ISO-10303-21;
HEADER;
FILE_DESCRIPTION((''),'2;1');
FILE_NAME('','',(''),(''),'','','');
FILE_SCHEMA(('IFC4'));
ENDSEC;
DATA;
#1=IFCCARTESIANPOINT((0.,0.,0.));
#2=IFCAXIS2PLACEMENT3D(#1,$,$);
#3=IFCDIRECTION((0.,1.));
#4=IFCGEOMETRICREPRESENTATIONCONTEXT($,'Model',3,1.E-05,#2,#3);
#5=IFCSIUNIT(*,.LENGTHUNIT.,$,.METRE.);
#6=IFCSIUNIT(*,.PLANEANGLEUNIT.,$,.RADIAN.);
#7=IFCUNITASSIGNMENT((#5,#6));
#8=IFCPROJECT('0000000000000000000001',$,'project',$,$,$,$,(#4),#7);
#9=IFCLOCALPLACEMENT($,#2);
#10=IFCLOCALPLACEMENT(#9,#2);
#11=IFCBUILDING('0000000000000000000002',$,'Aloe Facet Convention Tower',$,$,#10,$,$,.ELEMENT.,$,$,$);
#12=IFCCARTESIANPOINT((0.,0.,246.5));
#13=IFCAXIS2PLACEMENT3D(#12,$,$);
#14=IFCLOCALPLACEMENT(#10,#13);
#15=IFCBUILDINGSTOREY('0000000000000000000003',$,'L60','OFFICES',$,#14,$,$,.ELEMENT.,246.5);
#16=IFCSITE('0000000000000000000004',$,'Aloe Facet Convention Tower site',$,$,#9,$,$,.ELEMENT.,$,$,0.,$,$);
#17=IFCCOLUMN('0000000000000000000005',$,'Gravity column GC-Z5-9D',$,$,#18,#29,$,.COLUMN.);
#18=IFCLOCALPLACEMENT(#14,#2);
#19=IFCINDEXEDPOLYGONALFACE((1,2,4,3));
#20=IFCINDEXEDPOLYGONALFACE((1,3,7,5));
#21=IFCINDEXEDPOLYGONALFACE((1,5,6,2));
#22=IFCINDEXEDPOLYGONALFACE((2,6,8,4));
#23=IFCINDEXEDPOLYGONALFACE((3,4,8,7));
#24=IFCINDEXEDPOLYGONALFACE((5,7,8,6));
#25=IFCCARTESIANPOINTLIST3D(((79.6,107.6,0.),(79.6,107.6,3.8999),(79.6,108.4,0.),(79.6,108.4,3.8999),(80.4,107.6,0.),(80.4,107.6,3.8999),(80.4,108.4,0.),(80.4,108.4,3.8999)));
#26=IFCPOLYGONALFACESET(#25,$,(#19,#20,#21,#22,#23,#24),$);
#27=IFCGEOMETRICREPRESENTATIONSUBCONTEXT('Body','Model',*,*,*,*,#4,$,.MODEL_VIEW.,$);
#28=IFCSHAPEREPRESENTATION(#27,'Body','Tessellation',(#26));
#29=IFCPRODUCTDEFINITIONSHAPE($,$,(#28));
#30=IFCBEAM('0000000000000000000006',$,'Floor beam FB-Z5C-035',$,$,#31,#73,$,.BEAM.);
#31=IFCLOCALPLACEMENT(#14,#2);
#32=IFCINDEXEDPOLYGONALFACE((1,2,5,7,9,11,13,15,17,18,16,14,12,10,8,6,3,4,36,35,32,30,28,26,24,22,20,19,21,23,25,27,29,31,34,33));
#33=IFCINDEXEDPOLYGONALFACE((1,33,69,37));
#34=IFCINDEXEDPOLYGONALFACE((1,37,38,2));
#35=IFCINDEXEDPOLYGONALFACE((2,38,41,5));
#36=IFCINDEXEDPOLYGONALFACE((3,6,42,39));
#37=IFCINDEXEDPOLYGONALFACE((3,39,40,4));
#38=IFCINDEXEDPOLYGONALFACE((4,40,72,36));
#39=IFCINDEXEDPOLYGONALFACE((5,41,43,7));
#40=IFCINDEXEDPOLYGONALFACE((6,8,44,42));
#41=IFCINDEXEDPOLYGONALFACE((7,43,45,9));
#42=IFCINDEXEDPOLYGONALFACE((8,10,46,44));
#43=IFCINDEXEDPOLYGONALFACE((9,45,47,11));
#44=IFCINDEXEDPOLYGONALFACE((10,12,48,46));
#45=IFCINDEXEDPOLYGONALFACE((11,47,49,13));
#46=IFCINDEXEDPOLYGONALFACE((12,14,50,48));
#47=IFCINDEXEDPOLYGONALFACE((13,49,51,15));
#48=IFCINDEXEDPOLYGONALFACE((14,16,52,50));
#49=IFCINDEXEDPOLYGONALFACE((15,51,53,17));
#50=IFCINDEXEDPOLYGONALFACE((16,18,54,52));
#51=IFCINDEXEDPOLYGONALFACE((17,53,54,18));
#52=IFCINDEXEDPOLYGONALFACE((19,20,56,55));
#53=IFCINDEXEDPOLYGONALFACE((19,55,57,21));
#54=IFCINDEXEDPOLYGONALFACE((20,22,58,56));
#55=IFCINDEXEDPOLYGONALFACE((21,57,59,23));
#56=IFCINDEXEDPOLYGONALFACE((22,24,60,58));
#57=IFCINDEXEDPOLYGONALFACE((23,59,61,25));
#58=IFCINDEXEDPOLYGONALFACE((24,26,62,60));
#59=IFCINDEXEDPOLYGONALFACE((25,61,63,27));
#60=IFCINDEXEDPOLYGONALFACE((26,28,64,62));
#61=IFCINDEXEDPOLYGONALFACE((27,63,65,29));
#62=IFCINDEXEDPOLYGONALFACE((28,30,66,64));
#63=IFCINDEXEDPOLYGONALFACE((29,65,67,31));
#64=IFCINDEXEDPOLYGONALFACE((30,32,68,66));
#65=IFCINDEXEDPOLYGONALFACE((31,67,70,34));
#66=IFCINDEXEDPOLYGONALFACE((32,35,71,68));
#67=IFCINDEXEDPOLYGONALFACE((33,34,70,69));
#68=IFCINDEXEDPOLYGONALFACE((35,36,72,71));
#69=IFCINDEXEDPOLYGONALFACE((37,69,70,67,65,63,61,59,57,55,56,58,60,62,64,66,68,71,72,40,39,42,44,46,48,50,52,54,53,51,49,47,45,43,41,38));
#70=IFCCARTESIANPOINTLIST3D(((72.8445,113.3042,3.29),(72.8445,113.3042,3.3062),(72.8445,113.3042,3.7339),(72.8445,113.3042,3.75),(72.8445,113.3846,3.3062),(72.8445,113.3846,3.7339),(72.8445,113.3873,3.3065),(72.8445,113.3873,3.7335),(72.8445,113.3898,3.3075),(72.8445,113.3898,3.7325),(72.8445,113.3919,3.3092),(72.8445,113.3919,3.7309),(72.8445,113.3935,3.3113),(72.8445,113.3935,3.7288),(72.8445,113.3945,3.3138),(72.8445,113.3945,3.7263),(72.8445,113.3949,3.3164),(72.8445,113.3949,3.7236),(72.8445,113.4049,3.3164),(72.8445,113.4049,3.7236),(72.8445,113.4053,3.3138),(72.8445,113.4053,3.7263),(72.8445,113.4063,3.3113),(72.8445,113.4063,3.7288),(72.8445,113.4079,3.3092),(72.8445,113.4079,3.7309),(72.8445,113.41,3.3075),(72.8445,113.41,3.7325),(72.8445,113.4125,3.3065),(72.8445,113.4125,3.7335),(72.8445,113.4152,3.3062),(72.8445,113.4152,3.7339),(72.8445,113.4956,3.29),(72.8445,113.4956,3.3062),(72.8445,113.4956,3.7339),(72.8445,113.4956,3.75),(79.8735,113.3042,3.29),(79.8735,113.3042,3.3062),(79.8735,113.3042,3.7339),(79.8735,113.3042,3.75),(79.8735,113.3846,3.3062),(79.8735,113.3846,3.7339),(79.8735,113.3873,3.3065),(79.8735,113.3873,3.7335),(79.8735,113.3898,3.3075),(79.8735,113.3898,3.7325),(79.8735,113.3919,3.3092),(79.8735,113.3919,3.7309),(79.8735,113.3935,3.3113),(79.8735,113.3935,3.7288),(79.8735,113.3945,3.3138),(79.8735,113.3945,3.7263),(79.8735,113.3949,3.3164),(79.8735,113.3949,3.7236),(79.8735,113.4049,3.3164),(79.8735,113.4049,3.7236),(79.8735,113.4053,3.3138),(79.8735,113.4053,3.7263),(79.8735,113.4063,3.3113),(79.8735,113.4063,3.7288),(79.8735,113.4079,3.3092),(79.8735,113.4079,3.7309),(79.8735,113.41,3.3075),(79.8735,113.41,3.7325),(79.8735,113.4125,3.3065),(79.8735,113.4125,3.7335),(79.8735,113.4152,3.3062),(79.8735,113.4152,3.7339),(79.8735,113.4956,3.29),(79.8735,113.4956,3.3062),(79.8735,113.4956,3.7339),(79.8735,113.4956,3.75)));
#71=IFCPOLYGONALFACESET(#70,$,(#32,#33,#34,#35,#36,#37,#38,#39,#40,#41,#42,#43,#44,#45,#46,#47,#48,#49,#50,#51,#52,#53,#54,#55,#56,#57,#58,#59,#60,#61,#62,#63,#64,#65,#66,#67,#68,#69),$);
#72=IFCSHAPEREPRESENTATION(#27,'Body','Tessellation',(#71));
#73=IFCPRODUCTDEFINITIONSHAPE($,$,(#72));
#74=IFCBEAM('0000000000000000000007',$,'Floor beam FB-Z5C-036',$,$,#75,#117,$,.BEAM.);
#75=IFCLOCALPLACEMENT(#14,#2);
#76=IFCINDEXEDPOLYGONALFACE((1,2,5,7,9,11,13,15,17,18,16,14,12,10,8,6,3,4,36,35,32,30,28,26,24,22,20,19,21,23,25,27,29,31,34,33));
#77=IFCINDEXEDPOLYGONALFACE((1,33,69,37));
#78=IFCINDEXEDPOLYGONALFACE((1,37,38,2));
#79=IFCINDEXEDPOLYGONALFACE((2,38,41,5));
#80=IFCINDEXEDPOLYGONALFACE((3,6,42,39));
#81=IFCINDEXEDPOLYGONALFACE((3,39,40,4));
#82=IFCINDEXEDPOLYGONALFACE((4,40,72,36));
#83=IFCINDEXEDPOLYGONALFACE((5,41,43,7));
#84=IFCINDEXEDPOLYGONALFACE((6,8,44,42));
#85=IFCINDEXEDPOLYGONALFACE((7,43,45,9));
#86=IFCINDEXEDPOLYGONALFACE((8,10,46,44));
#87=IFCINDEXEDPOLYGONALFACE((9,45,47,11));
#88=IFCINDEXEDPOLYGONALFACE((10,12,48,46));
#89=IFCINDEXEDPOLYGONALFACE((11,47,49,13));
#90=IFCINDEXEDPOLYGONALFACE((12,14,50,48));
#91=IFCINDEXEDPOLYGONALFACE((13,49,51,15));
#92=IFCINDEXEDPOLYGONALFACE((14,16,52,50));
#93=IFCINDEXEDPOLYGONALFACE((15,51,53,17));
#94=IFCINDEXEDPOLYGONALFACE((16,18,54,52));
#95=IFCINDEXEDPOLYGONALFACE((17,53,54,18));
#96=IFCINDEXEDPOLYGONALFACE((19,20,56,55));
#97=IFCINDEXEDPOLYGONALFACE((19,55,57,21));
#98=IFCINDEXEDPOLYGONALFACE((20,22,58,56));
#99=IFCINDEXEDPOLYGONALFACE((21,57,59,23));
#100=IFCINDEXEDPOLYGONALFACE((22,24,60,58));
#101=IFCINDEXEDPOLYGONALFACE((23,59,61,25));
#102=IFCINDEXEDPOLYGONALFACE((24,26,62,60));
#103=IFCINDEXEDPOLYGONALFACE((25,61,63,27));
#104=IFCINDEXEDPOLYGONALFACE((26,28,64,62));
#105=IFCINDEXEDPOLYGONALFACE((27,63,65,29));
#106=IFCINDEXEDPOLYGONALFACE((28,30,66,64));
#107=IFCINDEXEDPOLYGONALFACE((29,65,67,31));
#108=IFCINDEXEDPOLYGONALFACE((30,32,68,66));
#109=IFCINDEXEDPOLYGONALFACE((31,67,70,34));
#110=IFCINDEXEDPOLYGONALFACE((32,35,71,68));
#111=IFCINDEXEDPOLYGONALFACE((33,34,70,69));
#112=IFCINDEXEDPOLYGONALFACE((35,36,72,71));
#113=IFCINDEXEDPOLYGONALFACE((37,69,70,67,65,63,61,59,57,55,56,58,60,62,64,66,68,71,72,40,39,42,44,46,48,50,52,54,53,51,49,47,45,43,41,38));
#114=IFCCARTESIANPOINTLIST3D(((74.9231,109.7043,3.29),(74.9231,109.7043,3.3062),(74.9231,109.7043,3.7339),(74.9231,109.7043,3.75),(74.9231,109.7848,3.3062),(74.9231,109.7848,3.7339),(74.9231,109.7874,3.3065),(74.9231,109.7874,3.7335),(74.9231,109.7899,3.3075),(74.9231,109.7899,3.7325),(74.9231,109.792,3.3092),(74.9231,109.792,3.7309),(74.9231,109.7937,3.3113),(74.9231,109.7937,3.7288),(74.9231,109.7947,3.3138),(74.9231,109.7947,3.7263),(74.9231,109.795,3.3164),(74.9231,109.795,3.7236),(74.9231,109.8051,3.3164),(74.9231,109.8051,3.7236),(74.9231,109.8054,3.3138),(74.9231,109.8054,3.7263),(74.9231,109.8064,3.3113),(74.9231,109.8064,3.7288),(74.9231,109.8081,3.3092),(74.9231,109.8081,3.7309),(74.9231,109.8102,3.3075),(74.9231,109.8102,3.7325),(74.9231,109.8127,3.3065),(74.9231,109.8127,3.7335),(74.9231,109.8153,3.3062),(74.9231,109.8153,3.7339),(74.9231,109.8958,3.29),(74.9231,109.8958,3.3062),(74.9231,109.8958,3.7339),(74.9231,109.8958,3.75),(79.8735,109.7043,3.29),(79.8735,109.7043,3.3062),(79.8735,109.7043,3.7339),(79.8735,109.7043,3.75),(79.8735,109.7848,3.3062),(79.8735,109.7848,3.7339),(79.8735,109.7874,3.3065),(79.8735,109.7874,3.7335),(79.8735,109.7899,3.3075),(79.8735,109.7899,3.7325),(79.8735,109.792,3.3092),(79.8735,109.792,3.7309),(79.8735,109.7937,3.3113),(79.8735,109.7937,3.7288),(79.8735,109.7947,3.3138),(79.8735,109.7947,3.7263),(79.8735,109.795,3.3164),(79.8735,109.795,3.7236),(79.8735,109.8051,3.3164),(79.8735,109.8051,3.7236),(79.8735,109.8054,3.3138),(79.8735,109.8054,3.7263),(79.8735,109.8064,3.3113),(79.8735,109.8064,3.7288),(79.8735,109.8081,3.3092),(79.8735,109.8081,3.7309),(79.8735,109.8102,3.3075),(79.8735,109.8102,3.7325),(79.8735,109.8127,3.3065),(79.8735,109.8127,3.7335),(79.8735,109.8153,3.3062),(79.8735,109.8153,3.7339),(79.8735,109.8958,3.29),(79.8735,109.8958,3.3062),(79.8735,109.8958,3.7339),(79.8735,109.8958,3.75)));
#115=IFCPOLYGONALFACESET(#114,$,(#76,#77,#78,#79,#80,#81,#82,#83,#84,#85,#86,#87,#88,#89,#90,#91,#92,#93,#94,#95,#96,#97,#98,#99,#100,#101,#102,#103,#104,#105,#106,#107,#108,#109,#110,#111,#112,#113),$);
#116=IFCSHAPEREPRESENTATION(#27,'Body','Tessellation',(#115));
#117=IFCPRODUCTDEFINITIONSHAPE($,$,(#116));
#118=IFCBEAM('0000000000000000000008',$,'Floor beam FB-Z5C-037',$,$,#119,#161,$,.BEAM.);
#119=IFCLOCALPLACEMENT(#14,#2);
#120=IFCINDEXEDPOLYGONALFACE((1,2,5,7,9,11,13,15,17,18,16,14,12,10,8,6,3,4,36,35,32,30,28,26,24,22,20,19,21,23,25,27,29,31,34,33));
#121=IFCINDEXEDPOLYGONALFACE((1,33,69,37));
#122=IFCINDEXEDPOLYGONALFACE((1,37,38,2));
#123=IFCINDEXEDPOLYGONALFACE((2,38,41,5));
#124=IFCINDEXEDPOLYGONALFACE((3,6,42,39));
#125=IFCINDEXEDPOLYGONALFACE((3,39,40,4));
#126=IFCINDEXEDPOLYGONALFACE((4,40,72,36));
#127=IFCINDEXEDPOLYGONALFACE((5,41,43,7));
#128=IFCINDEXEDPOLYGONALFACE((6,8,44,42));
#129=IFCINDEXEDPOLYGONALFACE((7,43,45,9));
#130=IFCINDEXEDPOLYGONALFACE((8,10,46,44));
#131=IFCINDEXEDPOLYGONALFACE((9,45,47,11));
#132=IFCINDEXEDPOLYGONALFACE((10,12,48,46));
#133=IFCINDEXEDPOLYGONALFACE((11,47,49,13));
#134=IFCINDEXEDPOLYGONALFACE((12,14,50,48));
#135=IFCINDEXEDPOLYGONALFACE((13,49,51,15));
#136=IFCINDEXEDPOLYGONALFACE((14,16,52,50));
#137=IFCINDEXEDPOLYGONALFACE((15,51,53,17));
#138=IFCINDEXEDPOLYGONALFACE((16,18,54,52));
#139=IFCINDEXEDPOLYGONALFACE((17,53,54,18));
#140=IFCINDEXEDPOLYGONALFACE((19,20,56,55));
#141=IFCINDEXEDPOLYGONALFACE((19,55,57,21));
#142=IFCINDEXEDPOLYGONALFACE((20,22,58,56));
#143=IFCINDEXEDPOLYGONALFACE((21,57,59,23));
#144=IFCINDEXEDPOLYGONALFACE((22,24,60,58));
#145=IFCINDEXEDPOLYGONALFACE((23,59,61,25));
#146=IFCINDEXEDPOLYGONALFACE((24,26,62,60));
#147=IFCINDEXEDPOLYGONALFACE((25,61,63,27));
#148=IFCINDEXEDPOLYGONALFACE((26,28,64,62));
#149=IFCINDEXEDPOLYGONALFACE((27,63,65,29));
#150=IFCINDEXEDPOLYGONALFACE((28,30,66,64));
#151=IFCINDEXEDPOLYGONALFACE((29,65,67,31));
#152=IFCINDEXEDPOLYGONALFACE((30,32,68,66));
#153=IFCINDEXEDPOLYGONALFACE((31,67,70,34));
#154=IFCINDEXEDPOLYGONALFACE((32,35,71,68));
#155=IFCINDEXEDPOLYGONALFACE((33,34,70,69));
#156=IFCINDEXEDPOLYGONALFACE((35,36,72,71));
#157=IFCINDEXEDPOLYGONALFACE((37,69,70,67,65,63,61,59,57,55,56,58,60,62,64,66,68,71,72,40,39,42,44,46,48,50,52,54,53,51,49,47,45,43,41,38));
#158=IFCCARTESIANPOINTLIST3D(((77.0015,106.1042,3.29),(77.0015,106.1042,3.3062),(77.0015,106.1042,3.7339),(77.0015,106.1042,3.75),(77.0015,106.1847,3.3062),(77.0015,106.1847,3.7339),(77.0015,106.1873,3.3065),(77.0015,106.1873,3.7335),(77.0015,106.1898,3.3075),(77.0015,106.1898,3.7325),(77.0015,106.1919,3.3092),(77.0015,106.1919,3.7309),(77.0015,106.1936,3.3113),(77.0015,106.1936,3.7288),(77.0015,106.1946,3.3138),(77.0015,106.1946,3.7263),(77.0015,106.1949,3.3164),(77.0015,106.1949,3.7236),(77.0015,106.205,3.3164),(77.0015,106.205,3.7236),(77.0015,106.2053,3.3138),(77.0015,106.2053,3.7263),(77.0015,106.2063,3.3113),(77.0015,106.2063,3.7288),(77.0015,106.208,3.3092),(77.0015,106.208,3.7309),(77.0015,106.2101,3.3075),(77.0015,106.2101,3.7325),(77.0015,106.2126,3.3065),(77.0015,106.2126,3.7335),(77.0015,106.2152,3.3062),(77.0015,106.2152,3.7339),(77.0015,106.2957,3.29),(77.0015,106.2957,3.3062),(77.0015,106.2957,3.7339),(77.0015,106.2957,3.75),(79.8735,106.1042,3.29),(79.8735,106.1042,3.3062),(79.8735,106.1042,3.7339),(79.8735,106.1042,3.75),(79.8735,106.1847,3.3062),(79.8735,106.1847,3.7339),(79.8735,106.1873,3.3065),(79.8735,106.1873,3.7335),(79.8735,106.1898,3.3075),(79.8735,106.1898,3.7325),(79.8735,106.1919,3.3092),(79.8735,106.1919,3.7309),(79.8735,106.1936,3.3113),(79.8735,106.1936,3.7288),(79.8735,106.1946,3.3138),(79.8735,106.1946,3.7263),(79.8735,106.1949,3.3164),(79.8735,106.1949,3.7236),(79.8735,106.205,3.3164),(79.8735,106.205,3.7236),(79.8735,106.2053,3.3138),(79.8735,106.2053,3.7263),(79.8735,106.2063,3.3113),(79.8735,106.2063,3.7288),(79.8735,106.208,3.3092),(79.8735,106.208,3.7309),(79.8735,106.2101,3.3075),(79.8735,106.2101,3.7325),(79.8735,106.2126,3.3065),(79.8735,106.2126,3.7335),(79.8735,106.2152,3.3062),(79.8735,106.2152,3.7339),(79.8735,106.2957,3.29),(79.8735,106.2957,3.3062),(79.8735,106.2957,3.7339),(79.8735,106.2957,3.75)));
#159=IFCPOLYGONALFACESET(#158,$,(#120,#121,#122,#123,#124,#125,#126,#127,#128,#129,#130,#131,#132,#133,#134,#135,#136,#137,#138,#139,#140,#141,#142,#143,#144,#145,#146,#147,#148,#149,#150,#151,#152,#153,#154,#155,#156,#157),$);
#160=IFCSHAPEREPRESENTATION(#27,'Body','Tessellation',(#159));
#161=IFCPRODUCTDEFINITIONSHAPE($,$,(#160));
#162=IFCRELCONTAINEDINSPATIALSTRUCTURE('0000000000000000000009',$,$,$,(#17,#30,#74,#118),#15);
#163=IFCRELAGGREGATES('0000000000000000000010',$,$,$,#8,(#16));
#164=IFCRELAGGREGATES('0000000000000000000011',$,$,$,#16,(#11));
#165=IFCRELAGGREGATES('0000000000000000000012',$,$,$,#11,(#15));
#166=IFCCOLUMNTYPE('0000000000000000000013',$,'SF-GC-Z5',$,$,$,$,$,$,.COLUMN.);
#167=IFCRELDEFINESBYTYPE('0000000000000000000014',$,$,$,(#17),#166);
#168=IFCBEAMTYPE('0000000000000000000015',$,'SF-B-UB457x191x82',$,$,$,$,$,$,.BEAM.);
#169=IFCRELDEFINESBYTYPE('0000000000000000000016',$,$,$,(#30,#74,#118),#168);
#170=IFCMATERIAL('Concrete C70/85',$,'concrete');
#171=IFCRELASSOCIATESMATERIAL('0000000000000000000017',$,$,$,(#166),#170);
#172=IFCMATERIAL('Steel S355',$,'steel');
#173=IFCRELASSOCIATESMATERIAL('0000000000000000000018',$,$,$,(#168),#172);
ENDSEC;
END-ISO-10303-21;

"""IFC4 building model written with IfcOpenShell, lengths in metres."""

from ifc_helpers import new_model, si_unit, direction, frame, origin, origin_2d, place, context, subcontext, project, spatial, rectangle, i_section, extrude, material, material_profile, profile_set, type_object, element, save


model = new_model("IFC4")

# Units and contexts
model_context = context("Model", 3, precision=1e-05, world=origin(), true_north=direction((0.0, 1.0)))
body_context = subcontext(model_context, "Body", "Model", "MODEL_VIEW")
ifc_project = project(units=[si_unit("LENGTHUNIT", "METRE"), si_unit("PLANEANGLEUNIT", "RADIAN")], contexts=[model_context])

# Site, building, storey
site_placement = place(None, origin())
site = spatial("IfcSite", under=ifc_project, at=site_placement, Name="Aloe Facet Convention Tower site", CompositionType="ELEMENT", RefElevation=0.0)
building_placement = place(site_placement, origin())
building = spatial("IfcBuilding", under=site, at=building_placement, Name="Aloe Facet Convention Tower", CompositionType="ELEMENT")
storey_placement = place(building_placement, frame((0.0, 0.0, 246.5)))
storey = spatial("IfcBuildingStorey", under=building, at=storey_placement, Name="L60", Description="OFFICES", CompositionType="ELEMENT", Elevation=246.5)

# Column
ifc_material_1 = material(Name="Concrete C70/85", Category="concrete")
ifc_material_profile_1 = material_profile(ifc_material_1, rectangle(XDim=0.8, YDim=0.8, at=origin_2d()), Name="SF-GC-Z5")
ifc_profile_set_1 = profile_set([ifc_material_profile_1], Name="Concrete C70/85")
column_type = type_object("IfcColumnType", Name="SF-GC-Z5", PredefinedType="COLUMN", material=ifc_profile_set_1)
column_placement = place(storey_placement, frame((80.0, 108.0, 0.0), z_axis=(0.0, 0.0, 1.0), x_axis=(1.0, 0.0, 0.0)))
element("IfcColumn", 1, at=column_placement, inside=storey, type_object=column_type, Name="Gravity column GC-Z5-9D", PredefinedType="COLUMN", context=body_context, shape_type="SweptSolid", body=[
    extrude(rectangle(XDim=0.8, YDim=0.8, at=origin_2d()), origin(), (0.0, 0.0, 1.0), 3.8999),
])

# Beams
ifc_material_2 = material(Name="Steel S355", Category="steel")
ifc_material_profile_2 = material_profile(ifc_material_2, i_section(OverallWidth=0.1914, OverallDepth=0.46, WebThickness=0.01, FlangeThickness=0.0161, FilletRadius=0.0103, at=origin_2d()), Name="UB 457x191x82")
ifc_profile_set_2 = profile_set([ifc_material_profile_2], Name="Steel S355")
beam_type_1 = type_object("IfcBeamType", Name="SF-B-UB457x191x82", PredefinedType="BEAM", material=ifc_profile_set_2)
beam_1_placement = place(storey_placement, frame((72.8445, 113.3999, 3.52), z_axis=(1.0, 0.0, 0.0), x_axis=(0.0, 1.0, 0.0)))
element("IfcBeam", 2, at=beam_1_placement, inside=storey, type_object=beam_type_1, Name="Floor beam FB-Z5C-035", PredefinedType="BEAM", context=body_context, shape_type="SweptSolid", body=[
    extrude(i_section(OverallWidth=0.1914, OverallDepth=0.46, WebThickness=0.01, FlangeThickness=0.0161, FilletRadius=0.0103, at=origin_2d()), origin(), (0.0, 0.0, 1.0), 7.0291),
])
beam_2_placement = place(storey_placement, frame((74.9231, 109.8, 3.52), z_axis=(1.0, 0.0, 0.0), x_axis=(0.0, 1.0, 0.0)))
element("IfcBeam", 3, at=beam_2_placement, inside=storey, type_object=beam_type_1, Name="Floor beam FB-Z5C-036", PredefinedType="BEAM", context=body_context, shape_type="SweptSolid", body=[
    extrude(i_section(OverallWidth=0.1914, OverallDepth=0.46, WebThickness=0.01, FlangeThickness=0.0161, FilletRadius=0.0103, at=origin_2d()), origin(), (0.0, 0.0, 1.0), 4.9504),
])
for number, where, z_axis, x_axis, name in (
    (4, (77.0015, 106.2, 3.52), (1.0, 0.0, 0.0), (0.0, 1.0, 0.0), "Floor beam FB-Z5C-037"),
):
    element("IfcBeam", number, at=place(storey_placement, frame(where, z_axis=z_axis, x_axis=x_axis)), inside=storey, type_object=beam_type_1, Name=name, PredefinedType="BEAM", context=body_context, shape_type="SweptSolid", body=[
        extrude(i_section(OverallWidth=0.1914, OverallDepth=0.46, WebThickness=0.01, FlangeThickness=0.0161, FilletRadius=0.0103, at=origin_2d()), origin(), (0.0, 0.0, 1.0), 2.8721),
    ])

save(model, "model.ifc")
